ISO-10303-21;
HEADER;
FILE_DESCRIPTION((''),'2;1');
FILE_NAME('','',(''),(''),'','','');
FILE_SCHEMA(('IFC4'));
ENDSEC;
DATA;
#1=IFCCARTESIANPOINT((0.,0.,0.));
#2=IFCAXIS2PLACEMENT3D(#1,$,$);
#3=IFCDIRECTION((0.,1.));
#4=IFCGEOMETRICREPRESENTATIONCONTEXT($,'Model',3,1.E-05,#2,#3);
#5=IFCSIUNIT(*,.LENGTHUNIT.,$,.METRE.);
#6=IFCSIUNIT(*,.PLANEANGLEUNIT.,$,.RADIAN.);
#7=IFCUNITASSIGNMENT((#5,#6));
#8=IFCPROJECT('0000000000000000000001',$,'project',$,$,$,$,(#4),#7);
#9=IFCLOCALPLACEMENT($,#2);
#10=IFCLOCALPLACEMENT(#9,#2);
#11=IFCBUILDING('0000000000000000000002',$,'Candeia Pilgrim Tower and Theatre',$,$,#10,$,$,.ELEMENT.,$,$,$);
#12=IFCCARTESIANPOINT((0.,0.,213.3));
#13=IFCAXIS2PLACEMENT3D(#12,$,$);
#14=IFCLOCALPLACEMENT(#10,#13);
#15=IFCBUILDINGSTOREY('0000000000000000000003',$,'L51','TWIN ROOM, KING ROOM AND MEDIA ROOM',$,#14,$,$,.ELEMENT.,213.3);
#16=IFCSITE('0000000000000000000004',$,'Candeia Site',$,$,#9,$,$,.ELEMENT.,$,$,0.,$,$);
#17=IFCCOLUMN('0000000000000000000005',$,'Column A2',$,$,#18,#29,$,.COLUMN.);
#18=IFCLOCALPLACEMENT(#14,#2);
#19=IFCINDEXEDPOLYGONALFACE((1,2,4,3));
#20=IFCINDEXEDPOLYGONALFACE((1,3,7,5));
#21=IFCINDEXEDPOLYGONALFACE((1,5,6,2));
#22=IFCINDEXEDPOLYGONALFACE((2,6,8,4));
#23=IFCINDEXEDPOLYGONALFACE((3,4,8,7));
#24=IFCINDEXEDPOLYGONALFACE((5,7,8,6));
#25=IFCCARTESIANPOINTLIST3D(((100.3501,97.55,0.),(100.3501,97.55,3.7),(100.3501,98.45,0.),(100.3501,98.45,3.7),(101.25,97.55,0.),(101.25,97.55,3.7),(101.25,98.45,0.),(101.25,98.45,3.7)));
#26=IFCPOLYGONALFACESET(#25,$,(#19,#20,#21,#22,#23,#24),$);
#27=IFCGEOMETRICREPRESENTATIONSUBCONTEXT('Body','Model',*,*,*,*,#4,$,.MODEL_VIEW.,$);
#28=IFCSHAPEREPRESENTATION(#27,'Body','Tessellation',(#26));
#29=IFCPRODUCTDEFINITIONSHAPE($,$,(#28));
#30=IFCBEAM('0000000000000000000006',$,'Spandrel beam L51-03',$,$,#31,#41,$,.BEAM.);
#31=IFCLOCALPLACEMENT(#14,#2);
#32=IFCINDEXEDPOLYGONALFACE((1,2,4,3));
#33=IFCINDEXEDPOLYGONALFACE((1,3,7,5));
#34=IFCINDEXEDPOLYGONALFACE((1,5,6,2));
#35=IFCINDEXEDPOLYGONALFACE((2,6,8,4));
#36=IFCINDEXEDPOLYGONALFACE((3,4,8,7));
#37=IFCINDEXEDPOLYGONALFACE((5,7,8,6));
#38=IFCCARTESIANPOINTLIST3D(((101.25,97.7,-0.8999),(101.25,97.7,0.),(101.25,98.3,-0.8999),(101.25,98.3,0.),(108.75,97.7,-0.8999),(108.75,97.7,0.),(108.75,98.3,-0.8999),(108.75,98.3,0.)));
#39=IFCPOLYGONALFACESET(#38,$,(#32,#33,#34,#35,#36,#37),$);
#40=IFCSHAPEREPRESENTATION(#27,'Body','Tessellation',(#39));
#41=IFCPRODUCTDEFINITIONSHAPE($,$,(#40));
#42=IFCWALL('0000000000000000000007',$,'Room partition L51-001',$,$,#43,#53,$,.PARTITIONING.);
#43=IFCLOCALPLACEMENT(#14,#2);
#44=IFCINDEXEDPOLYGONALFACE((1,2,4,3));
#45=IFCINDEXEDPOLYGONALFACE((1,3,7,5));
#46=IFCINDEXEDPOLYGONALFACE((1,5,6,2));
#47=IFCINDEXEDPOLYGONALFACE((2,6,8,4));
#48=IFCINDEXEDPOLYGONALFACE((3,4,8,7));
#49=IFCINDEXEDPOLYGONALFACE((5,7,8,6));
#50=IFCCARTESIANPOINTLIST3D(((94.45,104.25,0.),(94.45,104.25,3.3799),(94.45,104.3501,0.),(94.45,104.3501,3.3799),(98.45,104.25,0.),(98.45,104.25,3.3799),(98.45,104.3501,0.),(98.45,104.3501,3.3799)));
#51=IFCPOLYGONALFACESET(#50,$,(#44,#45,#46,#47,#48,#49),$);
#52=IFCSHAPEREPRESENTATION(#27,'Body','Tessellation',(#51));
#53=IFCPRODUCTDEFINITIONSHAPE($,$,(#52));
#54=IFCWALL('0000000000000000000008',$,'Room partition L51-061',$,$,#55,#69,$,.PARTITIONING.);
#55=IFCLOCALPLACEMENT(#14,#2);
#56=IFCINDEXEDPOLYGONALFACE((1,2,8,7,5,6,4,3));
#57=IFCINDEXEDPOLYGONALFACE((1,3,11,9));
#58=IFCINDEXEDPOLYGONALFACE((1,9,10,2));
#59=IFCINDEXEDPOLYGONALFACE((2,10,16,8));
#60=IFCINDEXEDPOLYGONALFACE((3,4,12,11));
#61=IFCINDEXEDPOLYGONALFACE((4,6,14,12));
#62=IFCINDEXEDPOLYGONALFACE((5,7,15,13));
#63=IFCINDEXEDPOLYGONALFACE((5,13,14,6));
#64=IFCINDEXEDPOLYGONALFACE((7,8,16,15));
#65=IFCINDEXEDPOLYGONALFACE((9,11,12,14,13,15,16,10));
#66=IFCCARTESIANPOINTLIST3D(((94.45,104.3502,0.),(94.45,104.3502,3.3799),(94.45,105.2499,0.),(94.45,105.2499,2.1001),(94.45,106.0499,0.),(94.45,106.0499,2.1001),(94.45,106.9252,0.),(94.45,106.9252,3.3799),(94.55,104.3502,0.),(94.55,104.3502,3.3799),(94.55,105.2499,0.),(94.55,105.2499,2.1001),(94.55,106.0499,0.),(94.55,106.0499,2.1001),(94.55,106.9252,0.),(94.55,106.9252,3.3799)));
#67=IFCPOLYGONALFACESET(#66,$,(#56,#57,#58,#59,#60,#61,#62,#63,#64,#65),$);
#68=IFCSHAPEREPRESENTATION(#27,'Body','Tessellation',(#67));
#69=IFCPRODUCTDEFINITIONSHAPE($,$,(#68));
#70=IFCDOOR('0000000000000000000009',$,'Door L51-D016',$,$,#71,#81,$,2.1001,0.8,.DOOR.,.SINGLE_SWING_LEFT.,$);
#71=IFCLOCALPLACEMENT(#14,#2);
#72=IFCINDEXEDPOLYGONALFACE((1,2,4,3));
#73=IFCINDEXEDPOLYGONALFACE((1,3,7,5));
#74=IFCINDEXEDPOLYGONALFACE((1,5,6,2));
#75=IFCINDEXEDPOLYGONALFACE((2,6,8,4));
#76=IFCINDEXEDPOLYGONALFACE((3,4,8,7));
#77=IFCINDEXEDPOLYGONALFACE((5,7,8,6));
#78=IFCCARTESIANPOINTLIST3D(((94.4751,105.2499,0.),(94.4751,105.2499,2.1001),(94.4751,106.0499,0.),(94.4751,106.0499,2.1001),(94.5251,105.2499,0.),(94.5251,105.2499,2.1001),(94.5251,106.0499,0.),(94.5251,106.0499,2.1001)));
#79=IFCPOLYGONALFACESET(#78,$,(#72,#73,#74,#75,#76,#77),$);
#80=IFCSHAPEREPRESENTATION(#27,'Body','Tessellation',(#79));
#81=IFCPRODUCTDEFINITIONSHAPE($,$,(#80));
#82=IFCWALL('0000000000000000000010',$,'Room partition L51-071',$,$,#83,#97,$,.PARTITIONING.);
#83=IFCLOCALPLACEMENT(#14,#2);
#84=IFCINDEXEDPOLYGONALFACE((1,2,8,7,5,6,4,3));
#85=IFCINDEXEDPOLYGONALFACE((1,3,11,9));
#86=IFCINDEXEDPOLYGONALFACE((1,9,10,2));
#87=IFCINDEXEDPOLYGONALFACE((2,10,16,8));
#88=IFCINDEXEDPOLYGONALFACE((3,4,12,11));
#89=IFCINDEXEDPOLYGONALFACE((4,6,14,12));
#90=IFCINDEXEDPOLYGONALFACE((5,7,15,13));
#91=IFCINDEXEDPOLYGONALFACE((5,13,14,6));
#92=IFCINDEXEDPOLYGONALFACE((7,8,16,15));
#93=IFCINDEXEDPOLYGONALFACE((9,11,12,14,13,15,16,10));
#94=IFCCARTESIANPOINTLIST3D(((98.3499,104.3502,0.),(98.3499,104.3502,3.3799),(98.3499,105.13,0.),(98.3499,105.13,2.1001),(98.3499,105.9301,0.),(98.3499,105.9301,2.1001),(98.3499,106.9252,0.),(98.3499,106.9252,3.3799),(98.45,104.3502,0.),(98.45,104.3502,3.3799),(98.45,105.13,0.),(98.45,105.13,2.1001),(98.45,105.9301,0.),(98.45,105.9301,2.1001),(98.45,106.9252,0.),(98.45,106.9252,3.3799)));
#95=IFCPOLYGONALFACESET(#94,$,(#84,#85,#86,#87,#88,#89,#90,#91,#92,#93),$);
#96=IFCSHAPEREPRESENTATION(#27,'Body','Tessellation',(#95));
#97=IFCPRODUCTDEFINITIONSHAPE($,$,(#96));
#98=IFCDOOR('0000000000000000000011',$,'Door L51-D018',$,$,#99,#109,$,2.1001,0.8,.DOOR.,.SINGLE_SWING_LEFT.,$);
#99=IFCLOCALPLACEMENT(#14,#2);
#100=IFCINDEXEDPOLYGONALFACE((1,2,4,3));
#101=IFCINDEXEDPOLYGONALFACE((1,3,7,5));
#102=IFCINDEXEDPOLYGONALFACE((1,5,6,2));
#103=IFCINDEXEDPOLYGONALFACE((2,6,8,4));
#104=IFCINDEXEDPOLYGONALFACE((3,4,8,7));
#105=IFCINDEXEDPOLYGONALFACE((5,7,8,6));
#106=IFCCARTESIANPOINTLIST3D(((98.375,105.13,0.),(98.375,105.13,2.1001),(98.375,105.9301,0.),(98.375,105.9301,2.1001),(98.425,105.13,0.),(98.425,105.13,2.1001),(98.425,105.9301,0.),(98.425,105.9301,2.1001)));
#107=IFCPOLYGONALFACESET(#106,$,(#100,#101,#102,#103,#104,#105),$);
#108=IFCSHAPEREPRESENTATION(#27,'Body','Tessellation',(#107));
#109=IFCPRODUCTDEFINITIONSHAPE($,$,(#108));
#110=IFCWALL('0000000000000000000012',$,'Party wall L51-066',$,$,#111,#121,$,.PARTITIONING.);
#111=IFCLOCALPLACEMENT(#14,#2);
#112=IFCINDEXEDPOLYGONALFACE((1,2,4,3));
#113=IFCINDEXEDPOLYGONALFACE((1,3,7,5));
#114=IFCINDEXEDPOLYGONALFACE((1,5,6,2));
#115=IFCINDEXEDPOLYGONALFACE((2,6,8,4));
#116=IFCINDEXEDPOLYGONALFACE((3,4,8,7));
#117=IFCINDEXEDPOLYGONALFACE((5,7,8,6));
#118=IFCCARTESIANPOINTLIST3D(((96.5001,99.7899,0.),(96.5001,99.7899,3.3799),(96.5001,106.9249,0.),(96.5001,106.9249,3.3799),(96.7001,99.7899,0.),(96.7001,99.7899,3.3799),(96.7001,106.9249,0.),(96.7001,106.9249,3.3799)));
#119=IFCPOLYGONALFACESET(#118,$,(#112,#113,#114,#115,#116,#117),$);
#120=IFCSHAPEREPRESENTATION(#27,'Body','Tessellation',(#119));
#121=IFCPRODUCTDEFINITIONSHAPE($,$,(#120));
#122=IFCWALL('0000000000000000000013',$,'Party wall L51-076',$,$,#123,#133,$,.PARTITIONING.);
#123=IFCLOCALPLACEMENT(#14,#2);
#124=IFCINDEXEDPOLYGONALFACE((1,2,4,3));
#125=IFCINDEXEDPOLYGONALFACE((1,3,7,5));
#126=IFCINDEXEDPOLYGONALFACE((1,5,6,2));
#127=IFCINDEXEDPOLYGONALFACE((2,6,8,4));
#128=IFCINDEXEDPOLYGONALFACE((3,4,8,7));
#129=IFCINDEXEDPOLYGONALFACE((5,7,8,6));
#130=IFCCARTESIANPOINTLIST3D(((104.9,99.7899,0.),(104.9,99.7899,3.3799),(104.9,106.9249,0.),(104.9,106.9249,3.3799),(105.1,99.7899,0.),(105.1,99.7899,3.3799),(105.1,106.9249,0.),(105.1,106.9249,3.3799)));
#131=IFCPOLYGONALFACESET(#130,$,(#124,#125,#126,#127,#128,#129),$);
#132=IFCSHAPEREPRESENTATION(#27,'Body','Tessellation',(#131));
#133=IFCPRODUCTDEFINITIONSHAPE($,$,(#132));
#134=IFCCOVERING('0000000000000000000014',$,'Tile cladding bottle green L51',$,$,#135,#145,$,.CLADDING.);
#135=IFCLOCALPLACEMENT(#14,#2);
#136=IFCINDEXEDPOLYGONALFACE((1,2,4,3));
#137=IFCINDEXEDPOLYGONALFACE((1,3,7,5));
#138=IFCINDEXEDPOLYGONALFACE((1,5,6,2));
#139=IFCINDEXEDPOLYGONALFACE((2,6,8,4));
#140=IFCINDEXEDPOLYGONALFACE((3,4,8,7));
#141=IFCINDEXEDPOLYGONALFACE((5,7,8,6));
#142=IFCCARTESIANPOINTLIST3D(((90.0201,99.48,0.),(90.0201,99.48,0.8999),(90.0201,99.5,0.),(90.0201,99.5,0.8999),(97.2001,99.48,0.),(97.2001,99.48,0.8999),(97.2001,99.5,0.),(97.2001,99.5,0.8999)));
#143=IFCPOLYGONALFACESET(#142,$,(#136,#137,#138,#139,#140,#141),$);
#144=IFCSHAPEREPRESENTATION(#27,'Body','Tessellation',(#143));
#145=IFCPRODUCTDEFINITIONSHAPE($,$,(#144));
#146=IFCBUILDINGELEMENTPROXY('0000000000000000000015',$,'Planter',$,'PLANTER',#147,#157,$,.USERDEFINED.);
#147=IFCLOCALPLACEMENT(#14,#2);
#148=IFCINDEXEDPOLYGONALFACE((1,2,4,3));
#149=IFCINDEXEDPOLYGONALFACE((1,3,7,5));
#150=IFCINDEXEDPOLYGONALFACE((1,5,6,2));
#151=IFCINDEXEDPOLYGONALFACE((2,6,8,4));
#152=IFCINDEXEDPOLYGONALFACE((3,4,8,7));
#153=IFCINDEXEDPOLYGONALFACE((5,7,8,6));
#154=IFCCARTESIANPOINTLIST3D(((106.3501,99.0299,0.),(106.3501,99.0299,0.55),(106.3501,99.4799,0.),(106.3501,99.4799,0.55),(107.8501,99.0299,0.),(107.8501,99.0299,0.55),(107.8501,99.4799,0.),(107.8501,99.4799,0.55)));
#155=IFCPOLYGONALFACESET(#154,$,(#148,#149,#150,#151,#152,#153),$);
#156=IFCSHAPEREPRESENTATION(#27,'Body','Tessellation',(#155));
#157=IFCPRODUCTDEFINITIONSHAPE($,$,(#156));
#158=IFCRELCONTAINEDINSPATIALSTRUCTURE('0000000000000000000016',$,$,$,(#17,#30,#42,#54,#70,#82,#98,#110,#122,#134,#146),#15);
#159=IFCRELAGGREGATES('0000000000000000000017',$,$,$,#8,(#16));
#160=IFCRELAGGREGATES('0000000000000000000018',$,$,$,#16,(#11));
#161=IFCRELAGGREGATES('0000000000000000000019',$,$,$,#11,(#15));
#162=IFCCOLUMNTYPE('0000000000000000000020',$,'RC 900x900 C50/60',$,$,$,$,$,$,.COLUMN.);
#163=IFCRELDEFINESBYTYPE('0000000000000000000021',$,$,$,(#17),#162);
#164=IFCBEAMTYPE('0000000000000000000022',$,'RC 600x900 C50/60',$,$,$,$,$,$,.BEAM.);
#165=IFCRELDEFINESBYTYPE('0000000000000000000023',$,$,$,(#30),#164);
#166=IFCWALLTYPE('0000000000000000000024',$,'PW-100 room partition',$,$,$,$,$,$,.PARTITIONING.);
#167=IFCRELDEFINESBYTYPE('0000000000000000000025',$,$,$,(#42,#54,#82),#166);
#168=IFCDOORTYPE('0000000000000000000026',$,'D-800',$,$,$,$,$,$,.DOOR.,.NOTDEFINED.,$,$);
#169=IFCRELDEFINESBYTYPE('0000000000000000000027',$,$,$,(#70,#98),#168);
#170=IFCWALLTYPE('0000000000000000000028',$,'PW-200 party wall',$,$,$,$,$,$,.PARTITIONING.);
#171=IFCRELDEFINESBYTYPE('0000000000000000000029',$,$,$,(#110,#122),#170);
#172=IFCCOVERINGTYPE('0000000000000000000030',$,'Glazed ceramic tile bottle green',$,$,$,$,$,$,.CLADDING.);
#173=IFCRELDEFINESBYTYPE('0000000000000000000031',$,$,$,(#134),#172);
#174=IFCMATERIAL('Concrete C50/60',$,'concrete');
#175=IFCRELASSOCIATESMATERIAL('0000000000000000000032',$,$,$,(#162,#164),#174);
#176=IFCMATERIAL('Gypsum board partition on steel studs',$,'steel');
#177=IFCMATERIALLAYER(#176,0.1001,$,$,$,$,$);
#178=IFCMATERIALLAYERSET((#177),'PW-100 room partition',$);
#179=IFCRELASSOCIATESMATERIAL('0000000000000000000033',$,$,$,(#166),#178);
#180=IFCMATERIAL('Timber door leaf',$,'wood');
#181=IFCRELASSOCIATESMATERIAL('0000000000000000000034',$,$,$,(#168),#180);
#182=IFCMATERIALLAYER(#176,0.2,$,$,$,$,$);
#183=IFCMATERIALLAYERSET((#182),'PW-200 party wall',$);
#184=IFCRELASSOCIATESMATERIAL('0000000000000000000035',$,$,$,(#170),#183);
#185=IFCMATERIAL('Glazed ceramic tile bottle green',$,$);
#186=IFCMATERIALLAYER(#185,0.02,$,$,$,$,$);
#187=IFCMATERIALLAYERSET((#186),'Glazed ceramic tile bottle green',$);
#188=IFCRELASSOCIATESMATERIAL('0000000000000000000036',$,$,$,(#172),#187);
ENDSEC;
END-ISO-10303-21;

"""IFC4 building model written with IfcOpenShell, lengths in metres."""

from ifc_helpers import new_model, si_unit, direction, frame, frame_2d, origin, origin_2d, place, context, subcontext, project, spatial, rectangle, extrude, material, layer, layer_set, material_profile, profile_set, type_object, element, fill, save


model = new_model("IFC4")

# Units and contexts
model_context = context("Model", 3, precision=1e-05, world=origin(), true_north=direction((0.0, 1.0)))
body_context = subcontext(model_context, "Body", "Model", "MODEL_VIEW")
ifc_project = project(units=[si_unit("LENGTHUNIT", "METRE"), si_unit("PLANEANGLEUNIT", "RADIAN")], contexts=[model_context])

# Site, building, storey
site_placement = place(None, origin())
site = spatial("IfcSite", under=ifc_project, at=site_placement, Name="Candeia Site", CompositionType="ELEMENT", RefElevation=0.0)
building_placement = place(site_placement, origin())
building = spatial("IfcBuilding", under=site, at=building_placement, Name="Candeia Pilgrim Tower and Theatre", CompositionType="ELEMENT")
storey_placement = place(building_placement, frame((0.0, 0.0, 213.3)))
storey = spatial("IfcBuildingStorey", under=building, at=storey_placement, Name="L51", Description="TWIN ROOM, KING ROOM AND MEDIA ROOM", CompositionType="ELEMENT", Elevation=213.3)

# Column
ifc_material_1 = material(Name="Concrete C50/60", Category="concrete")
ifc_material_profile_1 = material_profile(ifc_material_1, rectangle(XDim=0.8999, YDim=0.8999, at=origin_2d()))
ifc_profile_set_1 = profile_set([ifc_material_profile_1], Name="Concrete C50/60")
column_type = type_object("IfcColumnType", Name="RC 900x900 C50/60", PredefinedType="COLUMN", material=ifc_profile_set_1)
column_placement = place(storey_placement, frame((100.8, 98.0, 0.0), z_axis=(0.0, 0.0, 1.0), x_axis=(1.0, 0.0, 0.0)))
element("IfcColumn", 1, at=column_placement, inside=storey, type_object=column_type, Name="Column A2", PredefinedType="COLUMN", context=body_context, shape_type="SweptSolid", body=[
    extrude(rectangle(XDim=0.8999, YDim=0.8999, at=origin_2d()), origin(), (0.0, 0.0, 1.0), 3.7),
])

# Beam
ifc_material_profile_2 = material_profile(ifc_material_1, rectangle(XDim=0.6001, YDim=0.8999, at=origin_2d()))
ifc_profile_set_2 = profile_set([ifc_material_profile_2], Name="Concrete C50/60")
beam_type = type_object("IfcBeamType", Name="RC 600x900 C50/60", PredefinedType="BEAM", material=ifc_profile_set_2)
beam_placement = place(storey_placement, frame((101.25, 98.0, -0.45), z_axis=(1.0, 0.0, 0.0), x_axis=(0.0, 1.0, 0.0)))
element("IfcBeam", 2, at=beam_placement, inside=storey, type_object=beam_type, Name="Spandrel beam L51-03", PredefinedType="BEAM", context=body_context, shape_type="SweptSolid", body=[
    extrude(rectangle(XDim=0.6001, YDim=0.8999, at=origin_2d()), origin(), (0.0, 0.0, 1.0), 7.5),
])

# Wall
ifc_material_2 = material(Name="Gypsum board partition on steel studs", Category="steel")
ifc_layer_1 = layer(ifc_material_2, 0.1001)
ifc_layer_set_1 = layer_set([ifc_layer_1], Name="PW-100 room partition")
wall_type_1 = type_object("IfcWallType", Name="PW-100 room partition", PredefinedType="PARTITIONING", material=ifc_layer_set_1)
wall_1_placement = place(storey_placement, frame((94.45, 104.3, 0.0), z_axis=(0.0, 0.0, 1.0), x_axis=(1.0, 0.0, 0.0)))
element("IfcWall", 3, at=wall_1_placement, inside=storey, type_object=wall_type_1, Name="Room partition L51-001", PredefinedType="PARTITIONING", context=body_context, shape_type="SweptSolid", body=[
    extrude(rectangle(XDim=4.0, YDim=0.1001, at=frame_2d((2.0, 0.0))), origin(), (0.0, 0.0, 1.0), 3.3799),
])

# Walls, openings, doors
wall_2_placement = place(storey_placement, frame((94.5, 104.3501, 0.0), z_axis=(0.0, 0.0, 1.0), x_axis=(0.0, 1.0, 0.0)))
wall_2 = element("IfcWall", 4, at=wall_2_placement, inside=storey, type_object=wall_type_1, Name="Room partition L51-061", PredefinedType="PARTITIONING", context=body_context, shape_type="SweptSolid", body=[
    extrude(rectangle(XDim=2.575, YDim=0.1001, at=frame_2d((1.2876, 0.0))), origin(), (0.0, 0.0, 1.0), 3.3799),
])
opening_1_placement = place(wall_2_placement, frame((0.8999, 0.0, 0.0)))
opening_1 = element("IfcOpeningElement", 5, at=opening_1_placement, cuts=wall_2, PredefinedType="OPENING", context=body_context, shape_type="SweptSolid", body=[
    extrude(rectangle(XDim=0.8, YDim=2.1001, at=frame_2d((0.3999, 1.05))), frame((0.0, 0.0601, 0.0), z_axis=(0.0, -1.0, 0.0), x_axis=(1.0, 0.0, 0.0)), (0.0, 0.0, 1.0), 0.1201),
])
ifc_material_3 = material(Name="Timber door leaf", Category="wood")
door_type = type_object("IfcDoorType", Name="D-800", OperationType="NOTDEFINED", PredefinedType="DOOR", material=ifc_material_3)
door_1_placement = place(opening_1_placement, origin())
door_1 = element("IfcDoor", 6, at=door_1_placement, inside=storey, type_object=door_type, Name="Door L51-D016", OperationType="SINGLE_SWING_LEFT", OverallHeight=2.1001, OverallWidth=0.8, PredefinedType="DOOR", context=body_context, shape_type="SweptSolid", body=[
    extrude(rectangle(XDim=0.8, YDim=2.1001, at=frame_2d((0.3999, 1.05))), frame((0.0, 0.0249, 0.0), z_axis=(0.0, -1.0, 0.0), x_axis=(1.0, 0.0, 0.0)), (0.0, 0.0, 1.0), 0.05),
])
fill(opening_1, door_1)
wall_3_placement = place(storey_placement, frame((98.3999, 104.3501, 0.0), z_axis=(0.0, 0.0, 1.0), x_axis=(0.0, 1.0, 0.0)))
wall_3 = element("IfcWall", 7, at=wall_3_placement, inside=storey, type_object=wall_type_1, Name="Room partition L51-071", PredefinedType="PARTITIONING", context=body_context, shape_type="SweptSolid", body=[
    extrude(rectangle(XDim=2.575, YDim=0.1001, at=frame_2d((1.2876, 0.0))), origin(), (0.0, 0.0, 1.0), 3.3799),
])
opening_2_placement = place(wall_3_placement, frame((0.78, 0.0, 0.0)))
opening_2 = element("IfcOpeningElement", 8, at=opening_2_placement, cuts=wall_3, PredefinedType="OPENING", context=body_context, shape_type="SweptSolid", body=[
    extrude(rectangle(XDim=0.8, YDim=2.1001, at=frame_2d((0.3999, 1.05))), frame((0.0, 0.0601, 0.0), z_axis=(0.0, -1.0, 0.0), x_axis=(1.0, 0.0, 0.0)), (0.0, 0.0, 1.0), 0.1201),
])
door_2_placement = place(opening_2_placement, origin())
door_2 = element("IfcDoor", 9, at=door_2_placement, inside=storey, type_object=door_type, Name="Door L51-D018", OperationType="SINGLE_SWING_LEFT", OverallHeight=2.1001, OverallWidth=0.8, PredefinedType="DOOR", context=body_context, shape_type="SweptSolid", body=[
    extrude(rectangle(XDim=0.8, YDim=2.1001, at=frame_2d((0.3999, 1.05))), frame((0.0, 0.0249, 0.0), z_axis=(0.0, -1.0, 0.0), x_axis=(1.0, 0.0, 0.0)), (0.0, 0.0, 1.0), 0.05),
])
fill(opening_2, door_2)

# Walls
ifc_layer_2 = layer(ifc_material_2, 0.2)
ifc_layer_set_2 = layer_set([ifc_layer_2], Name="PW-200 party wall")
wall_type_2 = type_object("IfcWallType", Name="PW-200 party wall", PredefinedType="PARTITIONING", material=ifc_layer_set_2)
for number, where, z_axis, x_axis, name in (
    (10, (96.6001, 99.79, 0.0), (0.0, 0.0, 1.0), (0.0, 1.0, 0.0), "Party wall L51-066"),
    (11, (105.0, 99.79, 0.0), (0.0, 0.0, 1.0), (0.0, 1.0, 0.0), "Party wall L51-076"),
):
    element("IfcWall", number, at=place(storey_placement, frame(where, z_axis=z_axis, x_axis=x_axis)), inside=storey, type_object=wall_type_2, Name=name, PredefinedType="PARTITIONING", context=body_context, shape_type="SweptSolid", body=[
        extrude(rectangle(XDim=7.135, YDim=0.2, at=frame_2d((3.5674, 0.0))), origin(), (0.0, 0.0, 1.0), 3.3799),
    ])

# Covering
ifc_material_4 = material(Name="Glazed ceramic tile bottle green")
ifc_layer_3 = layer(ifc_material_4, 0.02)
ifc_layer_set_3 = layer_set([ifc_layer_3], Name="Glazed ceramic tile bottle green")
covering_type = type_object("IfcCoveringType", Name="Glazed ceramic tile bottle green", PredefinedType="CLADDING", material=ifc_layer_set_3)
covering_placement = place(storey_placement, frame((93.6101, 99.49, 0.0), z_axis=(0.0, 0.0, 1.0), x_axis=(1.0, 0.0, 0.0)))
element("IfcCovering", 12, at=covering_placement, inside=storey, type_object=covering_type, Name="Tile cladding bottle green L51", PredefinedType="CLADDING", context=body_context, shape_type="SweptSolid", body=[
    extrude(rectangle(XDim=7.1799, YDim=0.02, at=origin_2d()), origin(), (0.0, 0.0, 1.0), 0.8999),
])

# Building element proxy
proxy_placement = place(storey_placement, frame((107.1001, 99.2549, 0.0), z_axis=(0.0, 0.0, 1.0), x_axis=(1.0, 0.0, 0.0)))
element("IfcBuildingElementProxy", 13, at=proxy_placement, inside=storey, Name="Planter", ObjectType="PLANTER", PredefinedType="USERDEFINED", context=body_context, shape_type="SweptSolid", body=[
    extrude(rectangle(XDim=1.5, YDim=0.45, at=origin_2d()), origin(), (0.0, 0.0, 1.0), 0.55),
])

save(model, "model.ifc")
